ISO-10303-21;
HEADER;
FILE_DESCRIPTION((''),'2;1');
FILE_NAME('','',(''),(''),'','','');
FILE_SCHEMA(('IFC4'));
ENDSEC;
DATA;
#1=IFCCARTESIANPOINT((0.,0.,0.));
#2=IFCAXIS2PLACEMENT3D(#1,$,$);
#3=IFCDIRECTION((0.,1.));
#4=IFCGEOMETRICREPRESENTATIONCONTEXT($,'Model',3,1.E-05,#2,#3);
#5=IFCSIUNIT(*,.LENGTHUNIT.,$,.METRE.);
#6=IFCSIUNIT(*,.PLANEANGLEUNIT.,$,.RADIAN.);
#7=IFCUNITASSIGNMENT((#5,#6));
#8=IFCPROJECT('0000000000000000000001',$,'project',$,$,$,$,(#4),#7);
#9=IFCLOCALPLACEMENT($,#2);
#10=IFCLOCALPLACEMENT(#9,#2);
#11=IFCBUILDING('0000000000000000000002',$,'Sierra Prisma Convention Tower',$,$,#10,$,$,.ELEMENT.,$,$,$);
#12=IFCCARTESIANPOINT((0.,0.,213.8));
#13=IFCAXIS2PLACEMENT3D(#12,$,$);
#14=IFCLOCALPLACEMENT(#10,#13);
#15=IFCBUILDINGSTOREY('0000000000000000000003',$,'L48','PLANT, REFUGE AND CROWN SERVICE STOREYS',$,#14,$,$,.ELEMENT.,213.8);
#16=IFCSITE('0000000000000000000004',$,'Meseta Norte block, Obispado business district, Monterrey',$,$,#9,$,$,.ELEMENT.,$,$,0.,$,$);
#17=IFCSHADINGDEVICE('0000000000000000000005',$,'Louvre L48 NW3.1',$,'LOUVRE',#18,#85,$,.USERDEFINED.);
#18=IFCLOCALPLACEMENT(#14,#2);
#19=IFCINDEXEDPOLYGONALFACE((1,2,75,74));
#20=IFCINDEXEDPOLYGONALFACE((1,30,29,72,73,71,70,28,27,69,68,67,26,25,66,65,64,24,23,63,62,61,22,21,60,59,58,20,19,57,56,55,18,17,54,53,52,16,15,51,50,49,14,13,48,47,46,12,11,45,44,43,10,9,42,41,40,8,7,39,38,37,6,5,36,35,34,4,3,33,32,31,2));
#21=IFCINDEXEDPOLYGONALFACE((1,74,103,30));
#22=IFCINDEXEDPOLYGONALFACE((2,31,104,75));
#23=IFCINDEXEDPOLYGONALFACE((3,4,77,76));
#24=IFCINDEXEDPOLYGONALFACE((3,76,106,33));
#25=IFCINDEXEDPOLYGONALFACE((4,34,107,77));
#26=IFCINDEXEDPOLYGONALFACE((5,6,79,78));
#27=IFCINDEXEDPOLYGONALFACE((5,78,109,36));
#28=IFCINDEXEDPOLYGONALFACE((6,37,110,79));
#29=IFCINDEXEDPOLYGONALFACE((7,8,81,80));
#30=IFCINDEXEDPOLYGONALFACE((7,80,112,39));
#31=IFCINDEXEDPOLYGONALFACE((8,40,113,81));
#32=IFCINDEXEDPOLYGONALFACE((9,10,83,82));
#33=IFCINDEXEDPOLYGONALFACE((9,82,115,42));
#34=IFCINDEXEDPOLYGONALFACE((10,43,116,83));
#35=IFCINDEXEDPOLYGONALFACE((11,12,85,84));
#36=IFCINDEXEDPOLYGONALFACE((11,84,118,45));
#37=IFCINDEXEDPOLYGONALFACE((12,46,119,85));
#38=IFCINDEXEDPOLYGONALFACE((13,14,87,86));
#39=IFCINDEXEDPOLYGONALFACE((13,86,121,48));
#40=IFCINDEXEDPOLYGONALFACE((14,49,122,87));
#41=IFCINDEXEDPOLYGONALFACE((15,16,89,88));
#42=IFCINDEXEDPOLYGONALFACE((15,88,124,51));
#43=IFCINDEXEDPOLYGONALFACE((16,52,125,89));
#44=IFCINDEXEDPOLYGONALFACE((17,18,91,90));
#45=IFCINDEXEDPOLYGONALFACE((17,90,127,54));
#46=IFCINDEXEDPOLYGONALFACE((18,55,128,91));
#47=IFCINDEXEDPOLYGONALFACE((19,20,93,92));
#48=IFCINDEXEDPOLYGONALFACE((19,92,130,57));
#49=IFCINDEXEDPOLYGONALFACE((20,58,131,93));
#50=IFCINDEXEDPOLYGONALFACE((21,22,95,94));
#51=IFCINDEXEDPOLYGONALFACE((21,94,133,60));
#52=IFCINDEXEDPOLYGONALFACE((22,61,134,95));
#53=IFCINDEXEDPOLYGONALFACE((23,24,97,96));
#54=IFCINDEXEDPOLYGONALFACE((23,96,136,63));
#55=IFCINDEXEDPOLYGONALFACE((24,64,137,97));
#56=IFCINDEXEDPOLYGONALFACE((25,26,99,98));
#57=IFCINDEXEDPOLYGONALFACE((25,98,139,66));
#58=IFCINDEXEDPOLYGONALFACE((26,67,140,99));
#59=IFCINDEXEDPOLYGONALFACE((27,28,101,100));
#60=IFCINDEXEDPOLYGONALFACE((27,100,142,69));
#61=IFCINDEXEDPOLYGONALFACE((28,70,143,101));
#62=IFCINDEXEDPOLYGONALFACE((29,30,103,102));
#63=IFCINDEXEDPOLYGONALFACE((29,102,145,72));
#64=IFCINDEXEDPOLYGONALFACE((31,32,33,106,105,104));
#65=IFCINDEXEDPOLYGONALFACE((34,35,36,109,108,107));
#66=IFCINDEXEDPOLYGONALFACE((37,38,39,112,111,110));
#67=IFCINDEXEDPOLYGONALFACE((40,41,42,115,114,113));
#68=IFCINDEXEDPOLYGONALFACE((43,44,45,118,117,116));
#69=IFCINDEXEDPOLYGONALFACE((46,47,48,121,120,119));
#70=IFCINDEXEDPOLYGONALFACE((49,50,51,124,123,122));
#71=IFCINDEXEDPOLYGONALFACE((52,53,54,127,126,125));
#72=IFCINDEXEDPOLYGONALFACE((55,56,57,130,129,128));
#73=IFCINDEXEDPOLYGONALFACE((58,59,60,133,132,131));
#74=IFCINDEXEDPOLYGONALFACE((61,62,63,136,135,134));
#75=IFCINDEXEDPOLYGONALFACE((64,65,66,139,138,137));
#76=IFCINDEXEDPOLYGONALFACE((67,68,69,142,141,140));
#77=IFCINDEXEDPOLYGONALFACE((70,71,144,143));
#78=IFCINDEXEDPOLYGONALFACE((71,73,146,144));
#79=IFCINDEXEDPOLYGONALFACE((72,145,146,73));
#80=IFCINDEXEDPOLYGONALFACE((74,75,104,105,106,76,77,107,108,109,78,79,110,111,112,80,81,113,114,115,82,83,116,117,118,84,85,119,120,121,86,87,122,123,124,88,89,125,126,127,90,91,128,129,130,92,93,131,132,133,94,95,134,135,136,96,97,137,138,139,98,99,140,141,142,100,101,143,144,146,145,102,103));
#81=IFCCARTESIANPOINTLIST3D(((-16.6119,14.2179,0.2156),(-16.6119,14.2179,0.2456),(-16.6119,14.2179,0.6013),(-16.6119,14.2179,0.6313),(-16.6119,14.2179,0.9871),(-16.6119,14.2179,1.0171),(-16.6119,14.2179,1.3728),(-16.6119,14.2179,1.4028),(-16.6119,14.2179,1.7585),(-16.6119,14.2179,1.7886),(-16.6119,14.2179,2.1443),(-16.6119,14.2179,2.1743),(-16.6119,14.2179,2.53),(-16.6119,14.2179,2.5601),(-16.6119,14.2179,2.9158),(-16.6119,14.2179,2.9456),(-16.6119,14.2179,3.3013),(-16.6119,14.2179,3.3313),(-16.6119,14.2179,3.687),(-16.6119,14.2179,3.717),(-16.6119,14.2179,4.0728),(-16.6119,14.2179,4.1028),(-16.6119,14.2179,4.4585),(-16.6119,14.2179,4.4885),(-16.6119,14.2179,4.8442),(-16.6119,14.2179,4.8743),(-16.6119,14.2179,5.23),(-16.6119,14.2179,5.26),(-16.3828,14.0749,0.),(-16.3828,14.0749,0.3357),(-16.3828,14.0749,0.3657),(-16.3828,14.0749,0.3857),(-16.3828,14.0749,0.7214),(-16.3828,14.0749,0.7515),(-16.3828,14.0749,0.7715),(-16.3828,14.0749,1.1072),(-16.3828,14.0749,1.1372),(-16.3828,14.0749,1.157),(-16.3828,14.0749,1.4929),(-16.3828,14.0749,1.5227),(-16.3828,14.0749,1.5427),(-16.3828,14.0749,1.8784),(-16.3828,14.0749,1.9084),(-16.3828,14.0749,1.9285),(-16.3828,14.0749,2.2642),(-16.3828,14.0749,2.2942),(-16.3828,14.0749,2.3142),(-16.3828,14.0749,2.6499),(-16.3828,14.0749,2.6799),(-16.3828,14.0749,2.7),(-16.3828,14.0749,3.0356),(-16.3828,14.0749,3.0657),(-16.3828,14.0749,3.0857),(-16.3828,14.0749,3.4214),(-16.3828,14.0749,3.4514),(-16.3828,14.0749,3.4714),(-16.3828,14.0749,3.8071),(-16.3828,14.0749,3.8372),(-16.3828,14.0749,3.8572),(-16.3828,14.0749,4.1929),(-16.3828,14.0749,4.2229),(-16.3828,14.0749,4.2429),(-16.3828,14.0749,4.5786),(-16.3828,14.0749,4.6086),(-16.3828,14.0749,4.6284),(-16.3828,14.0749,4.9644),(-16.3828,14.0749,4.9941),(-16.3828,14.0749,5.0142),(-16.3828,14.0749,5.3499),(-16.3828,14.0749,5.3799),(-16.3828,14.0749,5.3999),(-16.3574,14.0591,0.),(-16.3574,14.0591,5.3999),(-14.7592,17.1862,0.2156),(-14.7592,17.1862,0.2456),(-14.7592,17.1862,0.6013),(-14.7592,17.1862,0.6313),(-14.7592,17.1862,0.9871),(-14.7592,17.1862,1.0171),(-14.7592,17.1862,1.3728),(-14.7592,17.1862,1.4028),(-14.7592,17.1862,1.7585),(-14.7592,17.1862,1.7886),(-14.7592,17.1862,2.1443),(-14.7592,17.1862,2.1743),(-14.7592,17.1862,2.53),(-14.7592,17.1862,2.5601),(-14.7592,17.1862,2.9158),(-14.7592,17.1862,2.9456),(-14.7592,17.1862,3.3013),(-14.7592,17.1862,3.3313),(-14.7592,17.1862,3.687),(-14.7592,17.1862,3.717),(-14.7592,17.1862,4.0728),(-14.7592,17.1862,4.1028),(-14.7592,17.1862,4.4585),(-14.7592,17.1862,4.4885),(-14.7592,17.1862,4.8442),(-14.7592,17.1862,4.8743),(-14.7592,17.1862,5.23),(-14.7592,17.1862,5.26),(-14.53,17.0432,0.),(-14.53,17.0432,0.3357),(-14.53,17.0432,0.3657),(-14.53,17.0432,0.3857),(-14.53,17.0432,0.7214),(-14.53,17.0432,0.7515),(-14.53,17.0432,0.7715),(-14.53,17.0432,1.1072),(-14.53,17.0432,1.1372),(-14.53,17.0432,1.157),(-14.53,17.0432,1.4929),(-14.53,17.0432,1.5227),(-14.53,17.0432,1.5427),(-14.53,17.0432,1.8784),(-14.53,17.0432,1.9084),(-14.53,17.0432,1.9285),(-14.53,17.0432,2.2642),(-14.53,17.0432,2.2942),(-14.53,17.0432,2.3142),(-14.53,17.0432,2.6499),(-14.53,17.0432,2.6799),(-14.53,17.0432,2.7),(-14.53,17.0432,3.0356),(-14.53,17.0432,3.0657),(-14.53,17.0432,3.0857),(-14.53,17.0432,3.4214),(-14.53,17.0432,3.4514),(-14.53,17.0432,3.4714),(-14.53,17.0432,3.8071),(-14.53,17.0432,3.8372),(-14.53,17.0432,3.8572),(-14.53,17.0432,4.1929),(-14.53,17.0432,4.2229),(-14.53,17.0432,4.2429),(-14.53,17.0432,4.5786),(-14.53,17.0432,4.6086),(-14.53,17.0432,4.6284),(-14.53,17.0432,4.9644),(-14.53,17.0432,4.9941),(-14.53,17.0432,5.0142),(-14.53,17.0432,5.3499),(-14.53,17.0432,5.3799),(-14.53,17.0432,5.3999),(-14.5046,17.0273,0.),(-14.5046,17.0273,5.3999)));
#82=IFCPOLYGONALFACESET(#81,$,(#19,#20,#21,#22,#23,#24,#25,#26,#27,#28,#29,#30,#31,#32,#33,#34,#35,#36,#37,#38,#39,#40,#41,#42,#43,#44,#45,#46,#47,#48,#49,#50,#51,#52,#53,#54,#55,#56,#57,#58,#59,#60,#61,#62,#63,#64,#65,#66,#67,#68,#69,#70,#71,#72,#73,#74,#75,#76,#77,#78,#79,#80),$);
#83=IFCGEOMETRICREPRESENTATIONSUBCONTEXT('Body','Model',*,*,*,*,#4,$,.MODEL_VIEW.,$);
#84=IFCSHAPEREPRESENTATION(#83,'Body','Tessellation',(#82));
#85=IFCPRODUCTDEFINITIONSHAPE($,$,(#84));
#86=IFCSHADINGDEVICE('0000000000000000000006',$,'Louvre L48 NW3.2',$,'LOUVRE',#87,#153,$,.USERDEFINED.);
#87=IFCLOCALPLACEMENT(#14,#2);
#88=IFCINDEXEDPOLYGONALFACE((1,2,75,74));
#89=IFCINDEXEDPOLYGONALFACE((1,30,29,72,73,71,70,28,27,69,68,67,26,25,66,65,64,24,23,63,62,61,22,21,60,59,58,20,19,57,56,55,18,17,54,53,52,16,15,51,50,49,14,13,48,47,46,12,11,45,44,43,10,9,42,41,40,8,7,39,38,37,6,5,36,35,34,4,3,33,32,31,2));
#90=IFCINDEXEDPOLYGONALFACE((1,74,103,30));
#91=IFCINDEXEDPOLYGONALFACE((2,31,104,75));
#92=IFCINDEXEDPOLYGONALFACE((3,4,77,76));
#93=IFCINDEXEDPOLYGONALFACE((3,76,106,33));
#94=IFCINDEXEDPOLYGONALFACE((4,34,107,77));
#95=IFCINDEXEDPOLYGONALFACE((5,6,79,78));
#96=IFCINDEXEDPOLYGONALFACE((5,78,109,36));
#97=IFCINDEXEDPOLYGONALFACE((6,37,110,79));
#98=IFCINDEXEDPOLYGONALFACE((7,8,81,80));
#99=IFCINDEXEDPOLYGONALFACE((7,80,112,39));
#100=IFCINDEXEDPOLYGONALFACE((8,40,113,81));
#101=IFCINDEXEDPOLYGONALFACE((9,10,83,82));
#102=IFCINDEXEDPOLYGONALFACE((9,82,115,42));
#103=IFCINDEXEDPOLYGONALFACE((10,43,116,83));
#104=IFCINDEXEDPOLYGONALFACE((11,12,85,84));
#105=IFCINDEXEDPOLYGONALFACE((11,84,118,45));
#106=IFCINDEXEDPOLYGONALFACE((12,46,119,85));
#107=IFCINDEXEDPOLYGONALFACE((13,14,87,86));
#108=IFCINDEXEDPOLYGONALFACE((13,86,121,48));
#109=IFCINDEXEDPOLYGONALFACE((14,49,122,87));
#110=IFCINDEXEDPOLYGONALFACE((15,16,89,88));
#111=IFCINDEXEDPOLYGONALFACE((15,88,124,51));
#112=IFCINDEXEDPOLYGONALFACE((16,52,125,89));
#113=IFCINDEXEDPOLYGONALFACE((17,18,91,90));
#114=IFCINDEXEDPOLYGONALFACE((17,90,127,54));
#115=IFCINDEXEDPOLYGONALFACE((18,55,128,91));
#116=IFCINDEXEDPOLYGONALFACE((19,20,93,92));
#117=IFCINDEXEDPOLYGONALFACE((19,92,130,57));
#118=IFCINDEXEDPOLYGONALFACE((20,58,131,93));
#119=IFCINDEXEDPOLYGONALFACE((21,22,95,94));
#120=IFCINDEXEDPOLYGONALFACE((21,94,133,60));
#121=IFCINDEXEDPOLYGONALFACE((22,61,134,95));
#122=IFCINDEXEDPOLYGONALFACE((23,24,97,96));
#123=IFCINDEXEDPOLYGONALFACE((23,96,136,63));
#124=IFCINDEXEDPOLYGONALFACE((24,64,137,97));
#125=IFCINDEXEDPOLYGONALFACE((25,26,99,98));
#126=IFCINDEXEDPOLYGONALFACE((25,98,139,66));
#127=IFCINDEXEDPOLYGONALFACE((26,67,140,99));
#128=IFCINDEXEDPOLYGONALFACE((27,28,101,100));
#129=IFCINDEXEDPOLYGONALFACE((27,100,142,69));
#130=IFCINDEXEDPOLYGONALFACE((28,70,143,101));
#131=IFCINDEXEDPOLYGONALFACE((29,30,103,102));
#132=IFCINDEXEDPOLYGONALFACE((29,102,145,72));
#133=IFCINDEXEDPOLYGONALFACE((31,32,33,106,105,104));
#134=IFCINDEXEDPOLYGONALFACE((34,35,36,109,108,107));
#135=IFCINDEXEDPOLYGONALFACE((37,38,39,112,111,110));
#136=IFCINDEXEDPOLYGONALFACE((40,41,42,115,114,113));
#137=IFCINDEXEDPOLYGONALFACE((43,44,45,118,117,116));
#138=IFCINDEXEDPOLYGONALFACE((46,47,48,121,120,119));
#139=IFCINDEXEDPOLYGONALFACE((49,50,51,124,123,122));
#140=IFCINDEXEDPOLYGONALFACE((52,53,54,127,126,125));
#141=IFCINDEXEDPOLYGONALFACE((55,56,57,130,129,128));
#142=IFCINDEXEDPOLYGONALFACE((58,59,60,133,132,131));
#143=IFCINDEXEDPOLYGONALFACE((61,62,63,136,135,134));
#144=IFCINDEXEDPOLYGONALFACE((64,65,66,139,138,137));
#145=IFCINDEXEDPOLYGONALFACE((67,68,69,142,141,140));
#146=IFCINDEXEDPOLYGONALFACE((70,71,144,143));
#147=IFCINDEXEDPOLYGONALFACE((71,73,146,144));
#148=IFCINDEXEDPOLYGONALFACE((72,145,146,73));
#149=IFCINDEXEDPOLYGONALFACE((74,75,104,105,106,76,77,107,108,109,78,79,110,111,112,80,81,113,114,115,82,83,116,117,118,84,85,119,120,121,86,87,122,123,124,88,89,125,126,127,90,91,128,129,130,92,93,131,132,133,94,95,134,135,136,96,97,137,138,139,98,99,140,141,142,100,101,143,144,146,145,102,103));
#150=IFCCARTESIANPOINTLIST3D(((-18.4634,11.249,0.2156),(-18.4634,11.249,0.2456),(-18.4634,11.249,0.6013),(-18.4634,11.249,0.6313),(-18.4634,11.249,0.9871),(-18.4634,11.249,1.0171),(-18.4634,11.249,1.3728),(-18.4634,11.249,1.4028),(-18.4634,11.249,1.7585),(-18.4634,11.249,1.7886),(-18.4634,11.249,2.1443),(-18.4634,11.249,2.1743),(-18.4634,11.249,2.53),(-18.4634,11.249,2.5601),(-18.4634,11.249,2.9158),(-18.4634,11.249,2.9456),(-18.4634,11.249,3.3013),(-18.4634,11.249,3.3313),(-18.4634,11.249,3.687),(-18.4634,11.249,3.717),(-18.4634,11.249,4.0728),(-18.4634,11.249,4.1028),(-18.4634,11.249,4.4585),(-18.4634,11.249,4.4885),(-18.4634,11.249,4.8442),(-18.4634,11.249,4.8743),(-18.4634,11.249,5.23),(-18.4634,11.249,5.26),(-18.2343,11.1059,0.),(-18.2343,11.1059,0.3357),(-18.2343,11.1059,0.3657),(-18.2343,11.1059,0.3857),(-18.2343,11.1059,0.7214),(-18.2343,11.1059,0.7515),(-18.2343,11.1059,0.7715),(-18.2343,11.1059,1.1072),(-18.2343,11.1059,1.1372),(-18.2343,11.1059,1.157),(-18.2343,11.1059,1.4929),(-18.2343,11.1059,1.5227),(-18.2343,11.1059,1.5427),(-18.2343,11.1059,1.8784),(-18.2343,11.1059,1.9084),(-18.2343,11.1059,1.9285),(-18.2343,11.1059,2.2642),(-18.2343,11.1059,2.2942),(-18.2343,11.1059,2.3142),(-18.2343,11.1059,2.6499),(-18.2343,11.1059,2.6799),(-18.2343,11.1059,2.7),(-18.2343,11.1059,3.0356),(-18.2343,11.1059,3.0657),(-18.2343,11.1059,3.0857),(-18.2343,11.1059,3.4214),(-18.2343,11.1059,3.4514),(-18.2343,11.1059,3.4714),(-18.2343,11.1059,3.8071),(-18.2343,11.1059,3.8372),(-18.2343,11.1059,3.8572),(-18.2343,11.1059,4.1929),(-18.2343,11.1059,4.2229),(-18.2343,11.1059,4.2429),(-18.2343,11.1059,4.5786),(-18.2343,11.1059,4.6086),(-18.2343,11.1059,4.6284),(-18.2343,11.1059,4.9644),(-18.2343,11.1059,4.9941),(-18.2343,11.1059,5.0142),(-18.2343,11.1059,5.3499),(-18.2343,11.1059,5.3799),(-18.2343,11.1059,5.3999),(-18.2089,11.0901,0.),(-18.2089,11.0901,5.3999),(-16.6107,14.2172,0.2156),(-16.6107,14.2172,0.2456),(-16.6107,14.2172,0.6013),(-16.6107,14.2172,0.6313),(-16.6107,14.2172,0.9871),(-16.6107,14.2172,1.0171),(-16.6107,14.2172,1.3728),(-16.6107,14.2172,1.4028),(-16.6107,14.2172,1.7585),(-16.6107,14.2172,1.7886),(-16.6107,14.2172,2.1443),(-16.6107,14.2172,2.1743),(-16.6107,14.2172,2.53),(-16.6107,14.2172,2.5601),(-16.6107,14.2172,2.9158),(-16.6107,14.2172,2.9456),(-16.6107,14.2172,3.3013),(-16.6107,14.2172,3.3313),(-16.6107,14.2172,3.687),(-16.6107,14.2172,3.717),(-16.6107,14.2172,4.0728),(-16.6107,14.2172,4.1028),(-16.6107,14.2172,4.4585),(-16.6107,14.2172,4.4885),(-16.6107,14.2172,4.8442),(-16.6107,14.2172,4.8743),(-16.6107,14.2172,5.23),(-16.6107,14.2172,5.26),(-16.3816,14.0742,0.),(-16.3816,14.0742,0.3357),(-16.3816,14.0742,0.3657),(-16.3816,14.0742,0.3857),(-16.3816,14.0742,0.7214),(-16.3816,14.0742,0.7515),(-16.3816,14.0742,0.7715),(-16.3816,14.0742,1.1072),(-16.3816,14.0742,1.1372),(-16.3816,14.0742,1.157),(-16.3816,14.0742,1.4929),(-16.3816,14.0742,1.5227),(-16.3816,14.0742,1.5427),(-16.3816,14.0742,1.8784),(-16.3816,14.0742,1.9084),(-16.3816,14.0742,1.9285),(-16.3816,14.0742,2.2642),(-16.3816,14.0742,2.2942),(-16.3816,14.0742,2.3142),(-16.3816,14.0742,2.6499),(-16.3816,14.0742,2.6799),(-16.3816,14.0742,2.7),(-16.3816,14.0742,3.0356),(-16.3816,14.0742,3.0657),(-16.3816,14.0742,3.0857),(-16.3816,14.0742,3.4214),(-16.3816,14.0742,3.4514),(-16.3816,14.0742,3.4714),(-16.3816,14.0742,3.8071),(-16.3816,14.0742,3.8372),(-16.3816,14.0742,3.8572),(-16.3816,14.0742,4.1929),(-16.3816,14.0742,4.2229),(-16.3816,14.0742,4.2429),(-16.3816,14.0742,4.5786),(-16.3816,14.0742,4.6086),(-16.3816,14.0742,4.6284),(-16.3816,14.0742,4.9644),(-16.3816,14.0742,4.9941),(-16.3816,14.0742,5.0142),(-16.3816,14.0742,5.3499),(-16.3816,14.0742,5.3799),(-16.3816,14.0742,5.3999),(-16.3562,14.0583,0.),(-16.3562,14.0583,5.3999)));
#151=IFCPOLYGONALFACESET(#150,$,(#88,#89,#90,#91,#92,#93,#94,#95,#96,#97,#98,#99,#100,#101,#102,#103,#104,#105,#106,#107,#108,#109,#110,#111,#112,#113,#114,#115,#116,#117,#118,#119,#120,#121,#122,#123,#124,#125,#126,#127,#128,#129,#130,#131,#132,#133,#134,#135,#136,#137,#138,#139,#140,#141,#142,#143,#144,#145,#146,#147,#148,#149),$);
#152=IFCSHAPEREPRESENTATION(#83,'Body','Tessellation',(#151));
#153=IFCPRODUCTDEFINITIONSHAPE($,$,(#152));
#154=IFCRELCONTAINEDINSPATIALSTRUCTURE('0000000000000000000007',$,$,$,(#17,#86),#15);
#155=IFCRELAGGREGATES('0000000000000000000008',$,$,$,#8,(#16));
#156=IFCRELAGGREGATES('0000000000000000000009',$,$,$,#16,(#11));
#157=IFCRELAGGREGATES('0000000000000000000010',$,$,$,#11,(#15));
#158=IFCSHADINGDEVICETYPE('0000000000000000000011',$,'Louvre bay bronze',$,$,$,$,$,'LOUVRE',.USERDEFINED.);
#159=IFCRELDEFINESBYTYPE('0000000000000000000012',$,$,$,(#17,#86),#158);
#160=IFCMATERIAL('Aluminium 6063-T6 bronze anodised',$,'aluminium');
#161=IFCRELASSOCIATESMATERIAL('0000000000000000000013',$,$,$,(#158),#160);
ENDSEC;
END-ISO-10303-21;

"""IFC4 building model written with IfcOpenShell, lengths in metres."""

from ifc_helpers import new_model, si_unit, direction, frame, origin, place, context, subcontext, project, spatial, polyline, outline, extrude, material, type_object, element, save


model = new_model("IFC4")

# Units and contexts
model_context = context("Model", 3, precision=1e-05, world=origin(), true_north=direction((0.0, 1.0)))
body_context = subcontext(model_context, "Body", "Model", "MODEL_VIEW")
ifc_project = project(units=[si_unit("LENGTHUNIT", "METRE"), si_unit("PLANEANGLEUNIT", "RADIAN")], contexts=[model_context])

# Site, building, storey
site_placement = place(None, origin())
site = spatial("IfcSite", under=ifc_project, at=site_placement, Name="Meseta Norte block, Obispado business district, Monterrey", CompositionType="ELEMENT", RefElevation=0.0)
building_placement = place(site_placement, origin())
building = spatial("IfcBuilding", under=site, at=building_placement, Name="Sierra Prisma Convention Tower", CompositionType="ELEMENT")
storey_placement = place(building_placement, frame((0.0, 0.0, 213.8)))
storey = spatial("IfcBuildingStorey", under=building, at=storey_placement, Name="L48", Description="PLANT, REFUGE AND CROWN SERVICE STOREYS", CompositionType="ELEMENT", Elevation=213.8)

# Shading devices
ifc_material_1 = material(Name="Aluminium 6063-T6 bronze anodised", Category="aluminium")
shading_device_type = type_object("IfcShadingDeviceType", Name="Louvre bay bronze", ElementType="LOUVRE", PredefinedType="USERDEFINED", material=ifc_material_1)
shading_device_1_placement = place(storey_placement, frame((-14.5046, 17.0273, 0.0), z_axis=(0.529496, 0.848312, 0.0), x_axis=(0.0, 0.0, 1.0)))
element("IfcShadingDevice", 1, at=shading_device_1_placement, inside=storey, type_object=shading_device_type, Name="Louvre L48 NW3.1", ObjectType="LOUVRE", PredefinedType="USERDEFINED", context=body_context, shape_type="SweptSolid", body=[
    extrude(outline(polyline([(0.0, 0.0), (5.3999, 0.0), (5.3999, -0.0299), (5.3799, -0.0299), (5.26, -0.3), (5.23, -0.3), (5.3499, -0.0299), (5.0142, -0.0299), (4.9941, -0.0299), (4.8743, -0.3), (4.8442, -0.3), (4.9644, -0.0299), (4.6284, -0.0299), (4.6086, -0.0299), (4.4885, -0.3), (4.4585, -0.3), (4.5786, -0.0299), (4.2429, -0.0299), (4.2229, -0.0299), (4.1028, -0.3), (4.0728, -0.3), (4.1929, -0.0299), (3.8572, -0.0299), (3.8372, -0.0299), (3.717, -0.3), (3.687, -0.3), (3.8071, -0.0299), (3.4714, -0.0299), (3.4514, -0.0299), (3.3313, -0.3), (3.3013, -0.3), (3.4214, -0.0299), (3.0857, -0.0299), (3.0657, -0.0299), (2.9456, -0.3), (2.9158, -0.3), (3.0356, -0.0299), (2.7, -0.0299), (2.6799, -0.0299), (2.5601, -0.3), (2.53, -0.3), (2.6499, -0.0299), (2.3142, -0.0299), (2.2942, -0.0299), (2.1743, -0.3), (2.1443, -0.3), (2.2642, -0.0299), (1.9285, -0.0299), (1.9084, -0.0299), (1.7886, -0.3), (1.7585, -0.3), (1.8784, -0.0299), (1.5427, -0.0299), (1.5227, -0.0299), (1.4028, -0.3), (1.3728, -0.3), (1.4929, -0.0299), (1.157, -0.0299), (1.1372, -0.0299), (1.0171, -0.3), (0.9871, -0.3), (1.1072, -0.0299), (0.7715, -0.0299), (0.7515, -0.0299), (0.6313, -0.3), (0.6013, -0.3), (0.7214, -0.0299), (0.3857, -0.0299), (0.3657, -0.0299), (0.2456, -0.3), (0.2156, -0.3), (0.3357, -0.0299), (0.0, -0.0299), (0.0, 0.0)])), origin(), (0.0, 0.0, -1.0), 3.499),
])
shading_device_2_placement = place(storey_placement, frame((-16.3562, 14.0583, 0.0), z_axis=(0.529496, 0.848312, 0.0), x_axis=(0.0, 0.0, 1.0)))
element("IfcShadingDevice", 2, at=shading_device_2_placement, inside=storey, type_object=shading_device_type, Name="Louvre L48 NW3.2", ObjectType="LOUVRE", PredefinedType="USERDEFINED", context=body_context, shape_type="SweptSolid", body=[
    extrude(outline(polyline([(0.0, 0.0), (5.3999, 0.0), (5.3999, -0.0299), (5.3799, -0.0299), (5.26, -0.3), (5.23, -0.3), (5.3499, -0.0299), (5.0142, -0.0299), (4.9941, -0.0299), (4.8743, -0.3), (4.8442, -0.3), (4.9644, -0.0299), (4.6284, -0.0299), (4.6086, -0.0299), (4.4885, -0.3), (4.4585, -0.3), (4.5786, -0.0299), (4.2429, -0.0299), (4.2229, -0.0299), (4.1028, -0.3), (4.0728, -0.3), (4.1929, -0.0299), (3.8572, -0.0299), (3.8372, -0.0299), (3.717, -0.3), (3.687, -0.3), (3.8071, -0.0299), (3.4714, -0.0299), (3.4514, -0.0299), (3.3313, -0.3), (3.3013, -0.3), (3.4214, -0.0299), (3.0857, -0.0299), (3.0657, -0.0299), (2.9456, -0.3), (2.9158, -0.3), (3.0356, -0.0299), (2.7, -0.0299), (2.6799, -0.0299), (2.5601, -0.3), (2.53, -0.3), (2.6499, -0.0299), (2.3142, -0.0299), (2.2942, -0.0299), (2.1743, -0.3), (2.1443, -0.3), (2.2642, -0.0299), (1.9285, -0.0299), (1.9084, -0.0299), (1.7886, -0.3), (1.7585, -0.3), (1.8784, -0.0299), (1.5427, -0.0299), (1.5227, -0.0299), (1.4028, -0.3), (1.3728, -0.3), (1.4929, -0.0299), (1.157, -0.0299), (1.1372, -0.0299), (1.0171, -0.3), (0.9871, -0.3), (1.1072, -0.0299), (0.7715, -0.0299), (0.7515, -0.0299), (0.6313, -0.3), (0.6013, -0.3), (0.7214, -0.0299), (0.3857, -0.0299), (0.3657, -0.0299), (0.2456, -0.3), (0.2156, -0.3), (0.3357, -0.0299), (0.0, -0.0299), (0.0, 0.0)])), origin(), (0.0, 0.0, -1.0), 3.499),
])

save(model, "model.ifc")
